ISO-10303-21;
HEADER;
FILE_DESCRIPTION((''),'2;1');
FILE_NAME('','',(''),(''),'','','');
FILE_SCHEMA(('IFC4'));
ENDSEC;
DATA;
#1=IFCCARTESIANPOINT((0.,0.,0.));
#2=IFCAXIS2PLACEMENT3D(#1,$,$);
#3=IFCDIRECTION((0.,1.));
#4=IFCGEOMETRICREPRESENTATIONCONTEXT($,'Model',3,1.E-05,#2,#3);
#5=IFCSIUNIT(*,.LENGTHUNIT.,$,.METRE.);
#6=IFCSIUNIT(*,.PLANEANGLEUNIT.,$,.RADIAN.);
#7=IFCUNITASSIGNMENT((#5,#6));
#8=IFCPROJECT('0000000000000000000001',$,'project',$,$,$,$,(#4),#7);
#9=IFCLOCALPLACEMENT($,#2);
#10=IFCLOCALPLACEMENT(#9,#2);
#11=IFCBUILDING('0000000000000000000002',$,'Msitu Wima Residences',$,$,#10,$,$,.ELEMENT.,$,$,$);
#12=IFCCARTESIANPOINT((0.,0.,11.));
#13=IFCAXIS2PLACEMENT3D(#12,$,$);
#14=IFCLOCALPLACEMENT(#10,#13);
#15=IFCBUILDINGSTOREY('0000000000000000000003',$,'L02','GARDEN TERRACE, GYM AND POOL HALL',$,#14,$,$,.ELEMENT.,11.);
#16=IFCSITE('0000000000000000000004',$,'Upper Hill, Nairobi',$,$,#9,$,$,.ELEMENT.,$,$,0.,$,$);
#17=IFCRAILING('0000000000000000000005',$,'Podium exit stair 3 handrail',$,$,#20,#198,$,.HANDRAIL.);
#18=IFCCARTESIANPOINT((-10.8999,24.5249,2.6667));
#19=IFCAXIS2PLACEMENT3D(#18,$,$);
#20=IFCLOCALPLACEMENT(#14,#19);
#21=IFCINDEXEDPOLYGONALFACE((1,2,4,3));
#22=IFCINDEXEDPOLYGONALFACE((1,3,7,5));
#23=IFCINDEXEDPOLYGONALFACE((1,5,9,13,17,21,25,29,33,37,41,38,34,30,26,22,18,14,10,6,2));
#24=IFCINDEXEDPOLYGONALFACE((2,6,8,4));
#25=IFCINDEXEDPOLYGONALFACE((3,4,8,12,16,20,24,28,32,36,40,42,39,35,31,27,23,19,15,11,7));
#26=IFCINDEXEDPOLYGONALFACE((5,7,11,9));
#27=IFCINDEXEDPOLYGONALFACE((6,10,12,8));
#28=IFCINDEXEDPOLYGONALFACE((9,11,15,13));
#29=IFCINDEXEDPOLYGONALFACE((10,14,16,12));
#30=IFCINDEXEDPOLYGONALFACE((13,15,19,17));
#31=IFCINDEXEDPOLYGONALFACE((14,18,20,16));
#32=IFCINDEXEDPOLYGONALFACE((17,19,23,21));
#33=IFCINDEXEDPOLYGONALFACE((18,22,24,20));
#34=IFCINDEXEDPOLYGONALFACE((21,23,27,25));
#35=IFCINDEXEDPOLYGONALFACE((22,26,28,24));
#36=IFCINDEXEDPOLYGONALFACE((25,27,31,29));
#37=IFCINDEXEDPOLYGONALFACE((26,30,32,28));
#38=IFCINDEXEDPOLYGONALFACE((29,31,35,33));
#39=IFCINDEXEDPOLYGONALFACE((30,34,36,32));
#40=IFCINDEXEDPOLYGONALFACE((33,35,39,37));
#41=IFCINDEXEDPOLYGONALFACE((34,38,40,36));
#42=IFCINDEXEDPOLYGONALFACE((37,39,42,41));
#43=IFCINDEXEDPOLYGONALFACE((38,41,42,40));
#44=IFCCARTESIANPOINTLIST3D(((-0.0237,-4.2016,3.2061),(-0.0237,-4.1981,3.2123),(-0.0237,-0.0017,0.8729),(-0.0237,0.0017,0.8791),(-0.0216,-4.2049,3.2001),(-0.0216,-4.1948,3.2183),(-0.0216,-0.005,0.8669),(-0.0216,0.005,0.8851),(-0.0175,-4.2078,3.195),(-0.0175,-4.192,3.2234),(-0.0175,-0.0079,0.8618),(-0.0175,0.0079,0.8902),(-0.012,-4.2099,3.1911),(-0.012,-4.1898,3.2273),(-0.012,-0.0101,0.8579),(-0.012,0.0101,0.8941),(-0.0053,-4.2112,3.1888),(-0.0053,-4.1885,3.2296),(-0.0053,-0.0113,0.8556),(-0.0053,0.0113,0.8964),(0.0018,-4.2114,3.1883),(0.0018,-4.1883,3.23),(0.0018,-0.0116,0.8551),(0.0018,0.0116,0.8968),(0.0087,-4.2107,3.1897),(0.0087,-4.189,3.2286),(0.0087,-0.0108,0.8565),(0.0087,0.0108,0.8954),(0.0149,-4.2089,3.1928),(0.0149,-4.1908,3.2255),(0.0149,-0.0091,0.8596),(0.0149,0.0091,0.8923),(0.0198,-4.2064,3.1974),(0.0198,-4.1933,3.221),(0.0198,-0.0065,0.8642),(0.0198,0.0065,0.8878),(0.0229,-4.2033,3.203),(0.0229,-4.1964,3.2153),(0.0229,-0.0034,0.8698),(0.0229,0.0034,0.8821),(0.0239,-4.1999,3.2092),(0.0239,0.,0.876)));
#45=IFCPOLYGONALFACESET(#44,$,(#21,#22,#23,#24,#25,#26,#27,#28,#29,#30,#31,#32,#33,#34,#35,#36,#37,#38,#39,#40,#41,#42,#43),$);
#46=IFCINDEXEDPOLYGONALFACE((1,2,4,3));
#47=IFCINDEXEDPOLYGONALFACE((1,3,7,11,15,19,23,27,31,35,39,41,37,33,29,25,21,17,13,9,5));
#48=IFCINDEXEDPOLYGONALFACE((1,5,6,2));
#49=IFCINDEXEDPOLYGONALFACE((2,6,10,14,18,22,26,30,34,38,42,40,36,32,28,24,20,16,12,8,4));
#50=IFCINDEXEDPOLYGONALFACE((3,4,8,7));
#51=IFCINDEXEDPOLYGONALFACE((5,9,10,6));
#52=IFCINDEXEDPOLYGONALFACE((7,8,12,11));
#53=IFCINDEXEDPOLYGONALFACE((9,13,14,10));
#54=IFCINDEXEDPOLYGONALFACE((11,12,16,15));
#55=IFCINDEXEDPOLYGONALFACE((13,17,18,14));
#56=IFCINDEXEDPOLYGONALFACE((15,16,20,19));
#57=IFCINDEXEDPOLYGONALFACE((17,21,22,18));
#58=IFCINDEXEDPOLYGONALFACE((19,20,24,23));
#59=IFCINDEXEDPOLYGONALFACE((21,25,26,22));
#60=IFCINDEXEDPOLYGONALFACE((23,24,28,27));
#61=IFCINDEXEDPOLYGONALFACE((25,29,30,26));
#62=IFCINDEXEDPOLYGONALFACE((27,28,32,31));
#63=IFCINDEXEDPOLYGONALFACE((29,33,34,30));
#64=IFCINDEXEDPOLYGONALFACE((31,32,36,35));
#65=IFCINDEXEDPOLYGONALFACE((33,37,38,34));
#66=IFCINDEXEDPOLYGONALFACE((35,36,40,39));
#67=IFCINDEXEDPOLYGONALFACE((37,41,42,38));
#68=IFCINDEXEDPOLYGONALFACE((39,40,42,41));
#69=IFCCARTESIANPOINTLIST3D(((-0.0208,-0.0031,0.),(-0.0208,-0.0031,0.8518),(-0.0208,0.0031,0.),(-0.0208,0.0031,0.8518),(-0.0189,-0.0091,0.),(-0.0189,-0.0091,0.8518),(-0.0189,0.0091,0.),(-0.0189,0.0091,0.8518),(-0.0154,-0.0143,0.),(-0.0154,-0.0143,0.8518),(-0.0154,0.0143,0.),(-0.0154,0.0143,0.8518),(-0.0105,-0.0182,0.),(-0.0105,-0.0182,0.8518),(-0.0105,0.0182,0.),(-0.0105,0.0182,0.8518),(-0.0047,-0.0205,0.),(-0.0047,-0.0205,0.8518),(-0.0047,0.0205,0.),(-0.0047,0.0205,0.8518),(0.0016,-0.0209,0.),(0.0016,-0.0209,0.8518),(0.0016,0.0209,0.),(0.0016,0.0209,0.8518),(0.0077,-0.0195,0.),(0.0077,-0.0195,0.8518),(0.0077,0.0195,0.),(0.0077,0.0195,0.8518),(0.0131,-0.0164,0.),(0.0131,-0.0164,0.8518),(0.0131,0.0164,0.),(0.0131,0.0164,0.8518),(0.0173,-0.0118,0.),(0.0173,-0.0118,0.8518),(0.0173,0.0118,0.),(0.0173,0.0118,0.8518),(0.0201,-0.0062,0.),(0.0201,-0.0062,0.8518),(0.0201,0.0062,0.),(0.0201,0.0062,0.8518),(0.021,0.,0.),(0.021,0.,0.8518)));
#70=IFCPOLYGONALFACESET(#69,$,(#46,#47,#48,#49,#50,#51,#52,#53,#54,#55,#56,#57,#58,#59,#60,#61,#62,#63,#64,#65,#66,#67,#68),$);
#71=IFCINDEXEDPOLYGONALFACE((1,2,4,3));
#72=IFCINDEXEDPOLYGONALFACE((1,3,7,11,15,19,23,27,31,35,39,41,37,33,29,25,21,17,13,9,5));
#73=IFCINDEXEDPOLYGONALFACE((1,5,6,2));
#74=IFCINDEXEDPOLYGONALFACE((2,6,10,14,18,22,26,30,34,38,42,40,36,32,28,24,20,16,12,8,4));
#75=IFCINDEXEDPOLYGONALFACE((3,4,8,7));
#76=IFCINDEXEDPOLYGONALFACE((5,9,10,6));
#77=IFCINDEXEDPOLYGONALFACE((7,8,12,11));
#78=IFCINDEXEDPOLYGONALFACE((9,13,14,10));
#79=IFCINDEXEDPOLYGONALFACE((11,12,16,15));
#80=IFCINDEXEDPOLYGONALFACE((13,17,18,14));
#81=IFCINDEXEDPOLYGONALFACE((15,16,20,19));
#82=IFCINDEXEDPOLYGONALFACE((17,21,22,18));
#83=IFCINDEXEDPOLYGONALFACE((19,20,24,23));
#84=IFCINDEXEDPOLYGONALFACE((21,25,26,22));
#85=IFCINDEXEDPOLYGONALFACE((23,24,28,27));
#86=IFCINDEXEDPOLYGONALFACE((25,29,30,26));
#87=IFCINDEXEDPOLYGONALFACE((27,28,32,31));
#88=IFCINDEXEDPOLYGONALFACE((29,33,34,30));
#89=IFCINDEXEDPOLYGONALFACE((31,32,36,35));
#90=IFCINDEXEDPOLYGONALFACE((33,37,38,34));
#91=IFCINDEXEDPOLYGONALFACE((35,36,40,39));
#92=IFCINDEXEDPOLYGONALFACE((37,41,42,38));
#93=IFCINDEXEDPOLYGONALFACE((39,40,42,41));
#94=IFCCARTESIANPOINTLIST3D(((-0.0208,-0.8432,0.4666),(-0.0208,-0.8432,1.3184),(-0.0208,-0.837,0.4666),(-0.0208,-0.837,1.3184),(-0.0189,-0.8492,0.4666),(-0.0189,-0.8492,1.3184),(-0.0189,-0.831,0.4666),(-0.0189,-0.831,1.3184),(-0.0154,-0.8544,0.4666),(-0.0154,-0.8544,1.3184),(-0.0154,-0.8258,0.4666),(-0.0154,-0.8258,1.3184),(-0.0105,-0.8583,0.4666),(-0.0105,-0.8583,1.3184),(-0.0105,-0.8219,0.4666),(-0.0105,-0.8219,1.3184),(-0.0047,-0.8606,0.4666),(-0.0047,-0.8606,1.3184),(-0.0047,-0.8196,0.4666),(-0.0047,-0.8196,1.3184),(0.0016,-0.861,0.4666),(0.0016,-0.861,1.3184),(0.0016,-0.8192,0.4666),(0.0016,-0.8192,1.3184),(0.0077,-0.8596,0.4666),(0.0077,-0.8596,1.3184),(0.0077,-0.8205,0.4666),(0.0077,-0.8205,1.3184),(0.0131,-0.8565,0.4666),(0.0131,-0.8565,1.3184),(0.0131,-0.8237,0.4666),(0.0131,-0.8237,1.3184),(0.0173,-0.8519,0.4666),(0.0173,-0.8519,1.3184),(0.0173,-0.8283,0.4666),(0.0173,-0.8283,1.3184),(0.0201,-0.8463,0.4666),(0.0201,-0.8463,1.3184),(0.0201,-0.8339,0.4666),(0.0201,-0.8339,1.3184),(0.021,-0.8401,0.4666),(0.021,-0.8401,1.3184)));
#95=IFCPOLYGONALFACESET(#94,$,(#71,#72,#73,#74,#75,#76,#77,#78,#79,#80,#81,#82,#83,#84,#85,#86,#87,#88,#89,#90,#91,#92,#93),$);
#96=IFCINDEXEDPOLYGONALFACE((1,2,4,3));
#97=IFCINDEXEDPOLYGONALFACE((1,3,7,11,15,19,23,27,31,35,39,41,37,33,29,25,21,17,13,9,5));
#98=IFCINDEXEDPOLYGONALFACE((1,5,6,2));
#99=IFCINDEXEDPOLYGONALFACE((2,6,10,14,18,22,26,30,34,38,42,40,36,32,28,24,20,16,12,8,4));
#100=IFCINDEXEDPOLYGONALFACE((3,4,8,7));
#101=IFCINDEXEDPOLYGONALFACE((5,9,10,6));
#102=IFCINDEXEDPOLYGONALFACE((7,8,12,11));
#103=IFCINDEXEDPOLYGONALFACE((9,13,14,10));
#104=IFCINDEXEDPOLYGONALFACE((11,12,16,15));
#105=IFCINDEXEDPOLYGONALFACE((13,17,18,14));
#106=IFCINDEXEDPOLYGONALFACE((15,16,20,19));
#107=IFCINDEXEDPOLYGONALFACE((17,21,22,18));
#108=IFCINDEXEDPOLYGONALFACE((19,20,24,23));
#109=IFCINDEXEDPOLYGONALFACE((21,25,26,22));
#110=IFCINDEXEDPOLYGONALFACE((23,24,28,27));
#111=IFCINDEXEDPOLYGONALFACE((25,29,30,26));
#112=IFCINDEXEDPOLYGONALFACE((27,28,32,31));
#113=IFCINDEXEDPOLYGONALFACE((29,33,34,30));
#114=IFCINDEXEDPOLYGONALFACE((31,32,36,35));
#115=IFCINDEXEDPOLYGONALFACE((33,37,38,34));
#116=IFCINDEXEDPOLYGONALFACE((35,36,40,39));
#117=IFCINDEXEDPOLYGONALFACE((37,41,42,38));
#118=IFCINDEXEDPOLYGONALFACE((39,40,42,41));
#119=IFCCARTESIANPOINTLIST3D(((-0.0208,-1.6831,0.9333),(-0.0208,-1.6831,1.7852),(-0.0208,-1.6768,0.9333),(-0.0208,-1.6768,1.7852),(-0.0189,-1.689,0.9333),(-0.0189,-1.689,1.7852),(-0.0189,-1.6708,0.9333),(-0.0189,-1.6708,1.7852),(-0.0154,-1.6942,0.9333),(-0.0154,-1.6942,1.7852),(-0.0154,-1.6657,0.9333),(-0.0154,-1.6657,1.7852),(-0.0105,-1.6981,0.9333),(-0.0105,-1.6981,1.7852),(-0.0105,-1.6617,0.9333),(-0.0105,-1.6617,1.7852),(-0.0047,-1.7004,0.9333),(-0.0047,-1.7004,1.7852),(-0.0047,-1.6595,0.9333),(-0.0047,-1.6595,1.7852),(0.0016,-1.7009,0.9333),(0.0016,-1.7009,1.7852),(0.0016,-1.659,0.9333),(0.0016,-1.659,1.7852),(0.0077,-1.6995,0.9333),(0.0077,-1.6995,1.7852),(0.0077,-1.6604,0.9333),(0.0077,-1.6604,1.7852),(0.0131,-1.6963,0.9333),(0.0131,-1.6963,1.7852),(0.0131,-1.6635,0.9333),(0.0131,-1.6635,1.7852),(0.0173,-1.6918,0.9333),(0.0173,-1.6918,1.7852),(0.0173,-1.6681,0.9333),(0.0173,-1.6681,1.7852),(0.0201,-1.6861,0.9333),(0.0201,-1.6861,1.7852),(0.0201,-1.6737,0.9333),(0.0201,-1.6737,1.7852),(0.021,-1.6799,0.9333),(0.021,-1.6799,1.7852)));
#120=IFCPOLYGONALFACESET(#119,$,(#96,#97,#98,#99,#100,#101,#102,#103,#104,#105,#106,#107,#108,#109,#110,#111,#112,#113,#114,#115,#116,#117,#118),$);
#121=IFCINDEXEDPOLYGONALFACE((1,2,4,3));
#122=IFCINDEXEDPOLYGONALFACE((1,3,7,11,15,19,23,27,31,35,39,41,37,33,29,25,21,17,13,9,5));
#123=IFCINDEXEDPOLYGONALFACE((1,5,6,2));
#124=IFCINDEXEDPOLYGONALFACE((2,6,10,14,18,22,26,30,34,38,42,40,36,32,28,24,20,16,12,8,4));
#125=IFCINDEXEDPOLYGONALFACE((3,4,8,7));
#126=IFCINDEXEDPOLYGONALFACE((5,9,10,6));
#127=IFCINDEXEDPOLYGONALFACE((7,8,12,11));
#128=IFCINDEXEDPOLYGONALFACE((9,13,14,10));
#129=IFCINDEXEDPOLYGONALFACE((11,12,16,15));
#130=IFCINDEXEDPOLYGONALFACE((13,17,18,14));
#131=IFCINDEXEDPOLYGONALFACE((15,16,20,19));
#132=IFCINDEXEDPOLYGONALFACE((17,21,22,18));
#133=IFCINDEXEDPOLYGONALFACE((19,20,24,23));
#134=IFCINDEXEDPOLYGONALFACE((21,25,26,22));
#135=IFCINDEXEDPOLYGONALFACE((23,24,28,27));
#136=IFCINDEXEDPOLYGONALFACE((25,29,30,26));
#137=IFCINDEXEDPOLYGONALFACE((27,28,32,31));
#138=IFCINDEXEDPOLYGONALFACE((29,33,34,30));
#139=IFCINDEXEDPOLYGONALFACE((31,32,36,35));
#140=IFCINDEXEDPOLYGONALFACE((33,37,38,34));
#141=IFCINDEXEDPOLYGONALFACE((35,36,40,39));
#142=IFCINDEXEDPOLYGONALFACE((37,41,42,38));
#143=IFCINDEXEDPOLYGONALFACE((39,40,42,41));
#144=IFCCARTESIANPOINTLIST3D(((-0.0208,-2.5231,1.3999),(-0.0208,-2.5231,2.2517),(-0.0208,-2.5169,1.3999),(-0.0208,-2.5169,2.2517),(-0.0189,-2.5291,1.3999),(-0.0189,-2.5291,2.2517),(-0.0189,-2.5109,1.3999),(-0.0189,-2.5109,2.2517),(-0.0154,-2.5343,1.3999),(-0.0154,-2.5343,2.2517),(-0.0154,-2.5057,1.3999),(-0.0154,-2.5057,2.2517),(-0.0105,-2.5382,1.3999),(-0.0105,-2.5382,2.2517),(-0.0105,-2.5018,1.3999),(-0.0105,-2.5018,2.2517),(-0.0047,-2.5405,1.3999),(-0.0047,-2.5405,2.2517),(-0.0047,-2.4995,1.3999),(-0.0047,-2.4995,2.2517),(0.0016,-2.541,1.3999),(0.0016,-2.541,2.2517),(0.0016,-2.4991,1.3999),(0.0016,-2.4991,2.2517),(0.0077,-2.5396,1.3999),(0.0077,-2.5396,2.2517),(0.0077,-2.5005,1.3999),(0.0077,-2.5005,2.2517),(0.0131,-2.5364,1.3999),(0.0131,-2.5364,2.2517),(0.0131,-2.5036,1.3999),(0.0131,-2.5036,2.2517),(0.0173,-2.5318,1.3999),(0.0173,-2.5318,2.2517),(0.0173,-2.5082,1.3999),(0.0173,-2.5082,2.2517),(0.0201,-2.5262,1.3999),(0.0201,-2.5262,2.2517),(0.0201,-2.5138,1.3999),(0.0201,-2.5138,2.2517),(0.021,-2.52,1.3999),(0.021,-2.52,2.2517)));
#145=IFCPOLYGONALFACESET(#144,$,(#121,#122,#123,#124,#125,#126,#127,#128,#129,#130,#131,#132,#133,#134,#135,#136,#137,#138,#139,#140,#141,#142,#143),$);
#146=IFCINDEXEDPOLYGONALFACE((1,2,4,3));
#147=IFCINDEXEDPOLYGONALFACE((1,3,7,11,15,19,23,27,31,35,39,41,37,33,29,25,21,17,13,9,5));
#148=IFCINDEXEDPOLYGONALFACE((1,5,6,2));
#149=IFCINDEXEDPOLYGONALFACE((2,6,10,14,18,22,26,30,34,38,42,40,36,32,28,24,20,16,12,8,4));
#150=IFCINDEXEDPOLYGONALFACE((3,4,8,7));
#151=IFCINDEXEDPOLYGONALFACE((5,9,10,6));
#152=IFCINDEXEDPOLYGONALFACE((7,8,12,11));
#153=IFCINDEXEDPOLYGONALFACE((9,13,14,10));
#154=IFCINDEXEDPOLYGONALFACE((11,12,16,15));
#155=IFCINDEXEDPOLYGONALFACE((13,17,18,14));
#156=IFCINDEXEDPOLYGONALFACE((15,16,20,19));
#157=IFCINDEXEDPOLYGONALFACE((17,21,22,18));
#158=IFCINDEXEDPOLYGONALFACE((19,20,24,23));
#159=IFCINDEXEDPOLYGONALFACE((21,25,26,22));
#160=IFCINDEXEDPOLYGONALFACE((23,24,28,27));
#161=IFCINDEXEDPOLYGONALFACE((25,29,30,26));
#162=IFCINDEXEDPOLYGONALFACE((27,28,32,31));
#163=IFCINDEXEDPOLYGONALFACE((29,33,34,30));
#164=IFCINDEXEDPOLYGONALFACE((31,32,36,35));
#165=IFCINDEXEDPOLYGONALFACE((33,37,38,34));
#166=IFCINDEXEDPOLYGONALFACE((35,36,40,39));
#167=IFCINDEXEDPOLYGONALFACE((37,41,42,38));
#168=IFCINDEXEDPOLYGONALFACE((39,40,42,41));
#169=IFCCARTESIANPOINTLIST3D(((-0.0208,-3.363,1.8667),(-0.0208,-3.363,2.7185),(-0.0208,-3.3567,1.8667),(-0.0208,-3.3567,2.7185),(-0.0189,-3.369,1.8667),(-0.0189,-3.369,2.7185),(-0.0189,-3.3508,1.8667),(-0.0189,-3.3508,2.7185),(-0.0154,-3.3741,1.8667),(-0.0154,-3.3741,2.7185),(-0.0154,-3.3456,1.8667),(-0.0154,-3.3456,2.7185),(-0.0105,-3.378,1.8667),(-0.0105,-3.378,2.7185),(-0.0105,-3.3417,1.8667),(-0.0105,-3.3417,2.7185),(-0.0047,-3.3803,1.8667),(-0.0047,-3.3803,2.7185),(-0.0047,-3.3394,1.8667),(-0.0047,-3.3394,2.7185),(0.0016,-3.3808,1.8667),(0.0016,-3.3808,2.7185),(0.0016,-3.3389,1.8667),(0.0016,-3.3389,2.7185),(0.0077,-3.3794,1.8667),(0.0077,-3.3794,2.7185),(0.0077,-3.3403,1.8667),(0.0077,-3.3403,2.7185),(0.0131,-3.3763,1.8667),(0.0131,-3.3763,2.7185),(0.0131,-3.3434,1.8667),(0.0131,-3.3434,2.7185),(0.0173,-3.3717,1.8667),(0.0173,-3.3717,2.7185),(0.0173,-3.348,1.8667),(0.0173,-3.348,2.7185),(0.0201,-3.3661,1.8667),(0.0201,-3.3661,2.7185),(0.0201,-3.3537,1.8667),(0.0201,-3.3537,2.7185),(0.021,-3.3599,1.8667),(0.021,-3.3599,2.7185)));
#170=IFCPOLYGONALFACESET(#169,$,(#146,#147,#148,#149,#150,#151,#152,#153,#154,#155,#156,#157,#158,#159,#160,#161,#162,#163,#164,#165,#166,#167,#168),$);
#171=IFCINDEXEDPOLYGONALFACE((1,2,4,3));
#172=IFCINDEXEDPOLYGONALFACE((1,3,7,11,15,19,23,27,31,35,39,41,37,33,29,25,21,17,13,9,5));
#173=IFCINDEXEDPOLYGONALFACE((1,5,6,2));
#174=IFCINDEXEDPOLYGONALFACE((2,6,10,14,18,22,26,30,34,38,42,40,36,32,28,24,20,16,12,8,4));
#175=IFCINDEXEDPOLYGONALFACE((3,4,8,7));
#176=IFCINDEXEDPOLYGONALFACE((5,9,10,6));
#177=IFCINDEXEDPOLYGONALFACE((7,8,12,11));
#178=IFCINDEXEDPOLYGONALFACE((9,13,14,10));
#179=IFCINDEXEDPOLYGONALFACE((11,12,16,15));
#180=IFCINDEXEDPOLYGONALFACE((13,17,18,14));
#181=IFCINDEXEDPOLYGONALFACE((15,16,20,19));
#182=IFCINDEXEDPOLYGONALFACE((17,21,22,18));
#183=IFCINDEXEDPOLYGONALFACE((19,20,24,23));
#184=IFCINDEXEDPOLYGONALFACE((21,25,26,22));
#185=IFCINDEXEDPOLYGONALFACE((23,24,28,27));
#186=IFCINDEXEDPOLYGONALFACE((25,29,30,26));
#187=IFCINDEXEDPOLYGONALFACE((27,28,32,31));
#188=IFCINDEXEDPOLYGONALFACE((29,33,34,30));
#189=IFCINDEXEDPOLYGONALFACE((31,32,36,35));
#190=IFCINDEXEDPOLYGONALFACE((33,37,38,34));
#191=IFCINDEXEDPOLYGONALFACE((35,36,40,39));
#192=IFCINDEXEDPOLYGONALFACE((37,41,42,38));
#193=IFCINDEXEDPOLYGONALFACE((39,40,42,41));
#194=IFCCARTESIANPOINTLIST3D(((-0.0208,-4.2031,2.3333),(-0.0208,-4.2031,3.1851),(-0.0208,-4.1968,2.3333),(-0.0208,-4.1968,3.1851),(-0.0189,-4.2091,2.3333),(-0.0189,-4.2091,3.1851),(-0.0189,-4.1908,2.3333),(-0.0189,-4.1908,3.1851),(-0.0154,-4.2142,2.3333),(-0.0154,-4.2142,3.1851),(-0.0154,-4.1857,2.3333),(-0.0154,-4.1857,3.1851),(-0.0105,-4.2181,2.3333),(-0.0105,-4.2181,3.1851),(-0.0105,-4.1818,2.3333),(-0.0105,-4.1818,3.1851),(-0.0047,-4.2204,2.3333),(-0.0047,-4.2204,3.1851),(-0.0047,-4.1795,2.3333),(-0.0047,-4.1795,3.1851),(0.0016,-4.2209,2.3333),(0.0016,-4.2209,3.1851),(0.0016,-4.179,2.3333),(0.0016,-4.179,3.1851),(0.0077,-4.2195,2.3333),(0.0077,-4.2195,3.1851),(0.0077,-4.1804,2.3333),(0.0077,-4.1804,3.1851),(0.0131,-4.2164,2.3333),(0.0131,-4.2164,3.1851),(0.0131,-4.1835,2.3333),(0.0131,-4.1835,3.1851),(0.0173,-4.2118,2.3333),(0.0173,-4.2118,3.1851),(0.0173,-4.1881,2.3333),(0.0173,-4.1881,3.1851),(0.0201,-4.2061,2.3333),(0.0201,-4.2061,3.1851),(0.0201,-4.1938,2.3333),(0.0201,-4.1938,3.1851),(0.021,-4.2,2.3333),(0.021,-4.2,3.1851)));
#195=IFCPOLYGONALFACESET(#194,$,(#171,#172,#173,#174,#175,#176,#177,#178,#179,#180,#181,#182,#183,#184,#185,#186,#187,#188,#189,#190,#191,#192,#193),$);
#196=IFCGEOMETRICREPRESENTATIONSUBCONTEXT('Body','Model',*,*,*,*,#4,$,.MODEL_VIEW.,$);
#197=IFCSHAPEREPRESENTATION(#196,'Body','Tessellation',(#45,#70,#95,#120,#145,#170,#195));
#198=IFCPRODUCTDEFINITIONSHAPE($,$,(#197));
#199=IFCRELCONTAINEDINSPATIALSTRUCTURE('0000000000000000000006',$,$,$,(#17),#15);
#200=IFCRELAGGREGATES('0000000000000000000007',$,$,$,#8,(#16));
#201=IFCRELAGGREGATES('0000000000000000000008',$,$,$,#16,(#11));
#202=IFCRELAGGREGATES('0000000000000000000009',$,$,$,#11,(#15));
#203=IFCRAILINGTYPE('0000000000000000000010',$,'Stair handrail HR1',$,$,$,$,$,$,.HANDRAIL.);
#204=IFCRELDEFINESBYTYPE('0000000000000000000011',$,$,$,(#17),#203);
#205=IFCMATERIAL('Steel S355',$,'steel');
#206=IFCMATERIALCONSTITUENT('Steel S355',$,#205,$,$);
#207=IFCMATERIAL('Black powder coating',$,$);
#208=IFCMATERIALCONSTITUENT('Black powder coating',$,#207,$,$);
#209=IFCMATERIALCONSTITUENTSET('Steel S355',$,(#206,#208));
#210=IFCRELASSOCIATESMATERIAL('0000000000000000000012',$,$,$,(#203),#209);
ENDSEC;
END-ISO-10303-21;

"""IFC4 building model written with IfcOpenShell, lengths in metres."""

from ifc_helpers import new_model, si_unit, direction, frame, origin, origin_2d, place, context, subcontext, project, spatial, circle, extrude, material, constituent, constituent_set, type_object, element, save


model = new_model("IFC4")

# Units and contexts
model_context = context("Model", 3, precision=1e-05, world=origin(), true_north=direction((0.0, 1.0)))
body_context = subcontext(model_context, "Body", "Model", "MODEL_VIEW")
ifc_project = project(units=[si_unit("LENGTHUNIT", "METRE"), si_unit("PLANEANGLEUNIT", "RADIAN")], contexts=[model_context])

# Site, building, storey
site_placement = place(None, origin())
site = spatial("IfcSite", under=ifc_project, at=site_placement, Name="Upper Hill, Nairobi", CompositionType="ELEMENT", RefElevation=0.0)
building_placement = place(site_placement, origin())
building = spatial("IfcBuilding", under=site, at=building_placement, Name="Msitu Wima Residences", CompositionType="ELEMENT")
storey_placement = place(building_placement, frame((0.0, 0.0, 11.0)))
storey = spatial("IfcBuildingStorey", under=building, at=storey_placement, Name="L02", Description="GARDEN TERRACE, GYM AND POOL HALL", CompositionType="ELEMENT", Elevation=11.0)

# Railing
ifc_material_1 = material(Name="Steel S355", Category="steel")
ifc_constituent_1 = constituent(ifc_material_1, Name="Steel S355")
ifc_material_2 = material(Name="Black powder coating")
ifc_constituent_2 = constituent(ifc_material_2, Name="Black powder coating")
ifc_constituent_set = constituent_set(constituents=[ifc_constituent_1, ifc_constituent_2], Name="Steel S355")
railing_type = type_object("IfcRailingType", Name="Stair handrail HR1", PredefinedType="HANDRAIL", material=ifc_constituent_set)
for number, where, name in (
    (1, (-10.8999, 24.5249, 2.6667), "Podium exit stair 3 handrail"),
):
    element("IfcRailing", number, at=place(storey_placement, frame(where)), inside=storey, type_object=railing_type, Name=name, PredefinedType="HANDRAIL", context=body_context, shape_type="SweptSolid", body=[
        extrude(circle(Radius=0.0239, at=origin_2d()), frame((0.0, 0.0, 0.876), z_axis=(0.0, -0.874162, 0.485634), x_axis=(1.0, 0.0, 0.0)), (0.0, 0.0, 1.0), 4.8044),
        extrude(circle(Radius=0.021, at=origin_2d()), origin(), (0.0, 0.0, 1.0), 0.8518),
        extrude(circle(Radius=0.021, at=origin_2d()), frame((0.0, -0.8401, 0.4666)), (0.0, 0.0, 1.0), 0.8518),
        extrude(circle(Radius=0.021, at=origin_2d()), frame((0.0, -1.6799, 0.9333)), (0.0, 0.0, 1.0), 0.8518),
        extrude(circle(Radius=0.021, at=origin_2d()), frame((0.0, -2.52, 1.3999)), (0.0, 0.0, 1.0), 0.8518),
        extrude(circle(Radius=0.021, at=origin_2d()), frame((0.0, -3.3599, 1.8667)), (0.0, 0.0, 1.0), 0.8518),
        extrude(circle(Radius=0.021, at=origin_2d()), frame((0.0, -4.2, 2.3333)), (0.0, 0.0, 1.0), 0.8518),
    ])

save(model, "model.ifc")
